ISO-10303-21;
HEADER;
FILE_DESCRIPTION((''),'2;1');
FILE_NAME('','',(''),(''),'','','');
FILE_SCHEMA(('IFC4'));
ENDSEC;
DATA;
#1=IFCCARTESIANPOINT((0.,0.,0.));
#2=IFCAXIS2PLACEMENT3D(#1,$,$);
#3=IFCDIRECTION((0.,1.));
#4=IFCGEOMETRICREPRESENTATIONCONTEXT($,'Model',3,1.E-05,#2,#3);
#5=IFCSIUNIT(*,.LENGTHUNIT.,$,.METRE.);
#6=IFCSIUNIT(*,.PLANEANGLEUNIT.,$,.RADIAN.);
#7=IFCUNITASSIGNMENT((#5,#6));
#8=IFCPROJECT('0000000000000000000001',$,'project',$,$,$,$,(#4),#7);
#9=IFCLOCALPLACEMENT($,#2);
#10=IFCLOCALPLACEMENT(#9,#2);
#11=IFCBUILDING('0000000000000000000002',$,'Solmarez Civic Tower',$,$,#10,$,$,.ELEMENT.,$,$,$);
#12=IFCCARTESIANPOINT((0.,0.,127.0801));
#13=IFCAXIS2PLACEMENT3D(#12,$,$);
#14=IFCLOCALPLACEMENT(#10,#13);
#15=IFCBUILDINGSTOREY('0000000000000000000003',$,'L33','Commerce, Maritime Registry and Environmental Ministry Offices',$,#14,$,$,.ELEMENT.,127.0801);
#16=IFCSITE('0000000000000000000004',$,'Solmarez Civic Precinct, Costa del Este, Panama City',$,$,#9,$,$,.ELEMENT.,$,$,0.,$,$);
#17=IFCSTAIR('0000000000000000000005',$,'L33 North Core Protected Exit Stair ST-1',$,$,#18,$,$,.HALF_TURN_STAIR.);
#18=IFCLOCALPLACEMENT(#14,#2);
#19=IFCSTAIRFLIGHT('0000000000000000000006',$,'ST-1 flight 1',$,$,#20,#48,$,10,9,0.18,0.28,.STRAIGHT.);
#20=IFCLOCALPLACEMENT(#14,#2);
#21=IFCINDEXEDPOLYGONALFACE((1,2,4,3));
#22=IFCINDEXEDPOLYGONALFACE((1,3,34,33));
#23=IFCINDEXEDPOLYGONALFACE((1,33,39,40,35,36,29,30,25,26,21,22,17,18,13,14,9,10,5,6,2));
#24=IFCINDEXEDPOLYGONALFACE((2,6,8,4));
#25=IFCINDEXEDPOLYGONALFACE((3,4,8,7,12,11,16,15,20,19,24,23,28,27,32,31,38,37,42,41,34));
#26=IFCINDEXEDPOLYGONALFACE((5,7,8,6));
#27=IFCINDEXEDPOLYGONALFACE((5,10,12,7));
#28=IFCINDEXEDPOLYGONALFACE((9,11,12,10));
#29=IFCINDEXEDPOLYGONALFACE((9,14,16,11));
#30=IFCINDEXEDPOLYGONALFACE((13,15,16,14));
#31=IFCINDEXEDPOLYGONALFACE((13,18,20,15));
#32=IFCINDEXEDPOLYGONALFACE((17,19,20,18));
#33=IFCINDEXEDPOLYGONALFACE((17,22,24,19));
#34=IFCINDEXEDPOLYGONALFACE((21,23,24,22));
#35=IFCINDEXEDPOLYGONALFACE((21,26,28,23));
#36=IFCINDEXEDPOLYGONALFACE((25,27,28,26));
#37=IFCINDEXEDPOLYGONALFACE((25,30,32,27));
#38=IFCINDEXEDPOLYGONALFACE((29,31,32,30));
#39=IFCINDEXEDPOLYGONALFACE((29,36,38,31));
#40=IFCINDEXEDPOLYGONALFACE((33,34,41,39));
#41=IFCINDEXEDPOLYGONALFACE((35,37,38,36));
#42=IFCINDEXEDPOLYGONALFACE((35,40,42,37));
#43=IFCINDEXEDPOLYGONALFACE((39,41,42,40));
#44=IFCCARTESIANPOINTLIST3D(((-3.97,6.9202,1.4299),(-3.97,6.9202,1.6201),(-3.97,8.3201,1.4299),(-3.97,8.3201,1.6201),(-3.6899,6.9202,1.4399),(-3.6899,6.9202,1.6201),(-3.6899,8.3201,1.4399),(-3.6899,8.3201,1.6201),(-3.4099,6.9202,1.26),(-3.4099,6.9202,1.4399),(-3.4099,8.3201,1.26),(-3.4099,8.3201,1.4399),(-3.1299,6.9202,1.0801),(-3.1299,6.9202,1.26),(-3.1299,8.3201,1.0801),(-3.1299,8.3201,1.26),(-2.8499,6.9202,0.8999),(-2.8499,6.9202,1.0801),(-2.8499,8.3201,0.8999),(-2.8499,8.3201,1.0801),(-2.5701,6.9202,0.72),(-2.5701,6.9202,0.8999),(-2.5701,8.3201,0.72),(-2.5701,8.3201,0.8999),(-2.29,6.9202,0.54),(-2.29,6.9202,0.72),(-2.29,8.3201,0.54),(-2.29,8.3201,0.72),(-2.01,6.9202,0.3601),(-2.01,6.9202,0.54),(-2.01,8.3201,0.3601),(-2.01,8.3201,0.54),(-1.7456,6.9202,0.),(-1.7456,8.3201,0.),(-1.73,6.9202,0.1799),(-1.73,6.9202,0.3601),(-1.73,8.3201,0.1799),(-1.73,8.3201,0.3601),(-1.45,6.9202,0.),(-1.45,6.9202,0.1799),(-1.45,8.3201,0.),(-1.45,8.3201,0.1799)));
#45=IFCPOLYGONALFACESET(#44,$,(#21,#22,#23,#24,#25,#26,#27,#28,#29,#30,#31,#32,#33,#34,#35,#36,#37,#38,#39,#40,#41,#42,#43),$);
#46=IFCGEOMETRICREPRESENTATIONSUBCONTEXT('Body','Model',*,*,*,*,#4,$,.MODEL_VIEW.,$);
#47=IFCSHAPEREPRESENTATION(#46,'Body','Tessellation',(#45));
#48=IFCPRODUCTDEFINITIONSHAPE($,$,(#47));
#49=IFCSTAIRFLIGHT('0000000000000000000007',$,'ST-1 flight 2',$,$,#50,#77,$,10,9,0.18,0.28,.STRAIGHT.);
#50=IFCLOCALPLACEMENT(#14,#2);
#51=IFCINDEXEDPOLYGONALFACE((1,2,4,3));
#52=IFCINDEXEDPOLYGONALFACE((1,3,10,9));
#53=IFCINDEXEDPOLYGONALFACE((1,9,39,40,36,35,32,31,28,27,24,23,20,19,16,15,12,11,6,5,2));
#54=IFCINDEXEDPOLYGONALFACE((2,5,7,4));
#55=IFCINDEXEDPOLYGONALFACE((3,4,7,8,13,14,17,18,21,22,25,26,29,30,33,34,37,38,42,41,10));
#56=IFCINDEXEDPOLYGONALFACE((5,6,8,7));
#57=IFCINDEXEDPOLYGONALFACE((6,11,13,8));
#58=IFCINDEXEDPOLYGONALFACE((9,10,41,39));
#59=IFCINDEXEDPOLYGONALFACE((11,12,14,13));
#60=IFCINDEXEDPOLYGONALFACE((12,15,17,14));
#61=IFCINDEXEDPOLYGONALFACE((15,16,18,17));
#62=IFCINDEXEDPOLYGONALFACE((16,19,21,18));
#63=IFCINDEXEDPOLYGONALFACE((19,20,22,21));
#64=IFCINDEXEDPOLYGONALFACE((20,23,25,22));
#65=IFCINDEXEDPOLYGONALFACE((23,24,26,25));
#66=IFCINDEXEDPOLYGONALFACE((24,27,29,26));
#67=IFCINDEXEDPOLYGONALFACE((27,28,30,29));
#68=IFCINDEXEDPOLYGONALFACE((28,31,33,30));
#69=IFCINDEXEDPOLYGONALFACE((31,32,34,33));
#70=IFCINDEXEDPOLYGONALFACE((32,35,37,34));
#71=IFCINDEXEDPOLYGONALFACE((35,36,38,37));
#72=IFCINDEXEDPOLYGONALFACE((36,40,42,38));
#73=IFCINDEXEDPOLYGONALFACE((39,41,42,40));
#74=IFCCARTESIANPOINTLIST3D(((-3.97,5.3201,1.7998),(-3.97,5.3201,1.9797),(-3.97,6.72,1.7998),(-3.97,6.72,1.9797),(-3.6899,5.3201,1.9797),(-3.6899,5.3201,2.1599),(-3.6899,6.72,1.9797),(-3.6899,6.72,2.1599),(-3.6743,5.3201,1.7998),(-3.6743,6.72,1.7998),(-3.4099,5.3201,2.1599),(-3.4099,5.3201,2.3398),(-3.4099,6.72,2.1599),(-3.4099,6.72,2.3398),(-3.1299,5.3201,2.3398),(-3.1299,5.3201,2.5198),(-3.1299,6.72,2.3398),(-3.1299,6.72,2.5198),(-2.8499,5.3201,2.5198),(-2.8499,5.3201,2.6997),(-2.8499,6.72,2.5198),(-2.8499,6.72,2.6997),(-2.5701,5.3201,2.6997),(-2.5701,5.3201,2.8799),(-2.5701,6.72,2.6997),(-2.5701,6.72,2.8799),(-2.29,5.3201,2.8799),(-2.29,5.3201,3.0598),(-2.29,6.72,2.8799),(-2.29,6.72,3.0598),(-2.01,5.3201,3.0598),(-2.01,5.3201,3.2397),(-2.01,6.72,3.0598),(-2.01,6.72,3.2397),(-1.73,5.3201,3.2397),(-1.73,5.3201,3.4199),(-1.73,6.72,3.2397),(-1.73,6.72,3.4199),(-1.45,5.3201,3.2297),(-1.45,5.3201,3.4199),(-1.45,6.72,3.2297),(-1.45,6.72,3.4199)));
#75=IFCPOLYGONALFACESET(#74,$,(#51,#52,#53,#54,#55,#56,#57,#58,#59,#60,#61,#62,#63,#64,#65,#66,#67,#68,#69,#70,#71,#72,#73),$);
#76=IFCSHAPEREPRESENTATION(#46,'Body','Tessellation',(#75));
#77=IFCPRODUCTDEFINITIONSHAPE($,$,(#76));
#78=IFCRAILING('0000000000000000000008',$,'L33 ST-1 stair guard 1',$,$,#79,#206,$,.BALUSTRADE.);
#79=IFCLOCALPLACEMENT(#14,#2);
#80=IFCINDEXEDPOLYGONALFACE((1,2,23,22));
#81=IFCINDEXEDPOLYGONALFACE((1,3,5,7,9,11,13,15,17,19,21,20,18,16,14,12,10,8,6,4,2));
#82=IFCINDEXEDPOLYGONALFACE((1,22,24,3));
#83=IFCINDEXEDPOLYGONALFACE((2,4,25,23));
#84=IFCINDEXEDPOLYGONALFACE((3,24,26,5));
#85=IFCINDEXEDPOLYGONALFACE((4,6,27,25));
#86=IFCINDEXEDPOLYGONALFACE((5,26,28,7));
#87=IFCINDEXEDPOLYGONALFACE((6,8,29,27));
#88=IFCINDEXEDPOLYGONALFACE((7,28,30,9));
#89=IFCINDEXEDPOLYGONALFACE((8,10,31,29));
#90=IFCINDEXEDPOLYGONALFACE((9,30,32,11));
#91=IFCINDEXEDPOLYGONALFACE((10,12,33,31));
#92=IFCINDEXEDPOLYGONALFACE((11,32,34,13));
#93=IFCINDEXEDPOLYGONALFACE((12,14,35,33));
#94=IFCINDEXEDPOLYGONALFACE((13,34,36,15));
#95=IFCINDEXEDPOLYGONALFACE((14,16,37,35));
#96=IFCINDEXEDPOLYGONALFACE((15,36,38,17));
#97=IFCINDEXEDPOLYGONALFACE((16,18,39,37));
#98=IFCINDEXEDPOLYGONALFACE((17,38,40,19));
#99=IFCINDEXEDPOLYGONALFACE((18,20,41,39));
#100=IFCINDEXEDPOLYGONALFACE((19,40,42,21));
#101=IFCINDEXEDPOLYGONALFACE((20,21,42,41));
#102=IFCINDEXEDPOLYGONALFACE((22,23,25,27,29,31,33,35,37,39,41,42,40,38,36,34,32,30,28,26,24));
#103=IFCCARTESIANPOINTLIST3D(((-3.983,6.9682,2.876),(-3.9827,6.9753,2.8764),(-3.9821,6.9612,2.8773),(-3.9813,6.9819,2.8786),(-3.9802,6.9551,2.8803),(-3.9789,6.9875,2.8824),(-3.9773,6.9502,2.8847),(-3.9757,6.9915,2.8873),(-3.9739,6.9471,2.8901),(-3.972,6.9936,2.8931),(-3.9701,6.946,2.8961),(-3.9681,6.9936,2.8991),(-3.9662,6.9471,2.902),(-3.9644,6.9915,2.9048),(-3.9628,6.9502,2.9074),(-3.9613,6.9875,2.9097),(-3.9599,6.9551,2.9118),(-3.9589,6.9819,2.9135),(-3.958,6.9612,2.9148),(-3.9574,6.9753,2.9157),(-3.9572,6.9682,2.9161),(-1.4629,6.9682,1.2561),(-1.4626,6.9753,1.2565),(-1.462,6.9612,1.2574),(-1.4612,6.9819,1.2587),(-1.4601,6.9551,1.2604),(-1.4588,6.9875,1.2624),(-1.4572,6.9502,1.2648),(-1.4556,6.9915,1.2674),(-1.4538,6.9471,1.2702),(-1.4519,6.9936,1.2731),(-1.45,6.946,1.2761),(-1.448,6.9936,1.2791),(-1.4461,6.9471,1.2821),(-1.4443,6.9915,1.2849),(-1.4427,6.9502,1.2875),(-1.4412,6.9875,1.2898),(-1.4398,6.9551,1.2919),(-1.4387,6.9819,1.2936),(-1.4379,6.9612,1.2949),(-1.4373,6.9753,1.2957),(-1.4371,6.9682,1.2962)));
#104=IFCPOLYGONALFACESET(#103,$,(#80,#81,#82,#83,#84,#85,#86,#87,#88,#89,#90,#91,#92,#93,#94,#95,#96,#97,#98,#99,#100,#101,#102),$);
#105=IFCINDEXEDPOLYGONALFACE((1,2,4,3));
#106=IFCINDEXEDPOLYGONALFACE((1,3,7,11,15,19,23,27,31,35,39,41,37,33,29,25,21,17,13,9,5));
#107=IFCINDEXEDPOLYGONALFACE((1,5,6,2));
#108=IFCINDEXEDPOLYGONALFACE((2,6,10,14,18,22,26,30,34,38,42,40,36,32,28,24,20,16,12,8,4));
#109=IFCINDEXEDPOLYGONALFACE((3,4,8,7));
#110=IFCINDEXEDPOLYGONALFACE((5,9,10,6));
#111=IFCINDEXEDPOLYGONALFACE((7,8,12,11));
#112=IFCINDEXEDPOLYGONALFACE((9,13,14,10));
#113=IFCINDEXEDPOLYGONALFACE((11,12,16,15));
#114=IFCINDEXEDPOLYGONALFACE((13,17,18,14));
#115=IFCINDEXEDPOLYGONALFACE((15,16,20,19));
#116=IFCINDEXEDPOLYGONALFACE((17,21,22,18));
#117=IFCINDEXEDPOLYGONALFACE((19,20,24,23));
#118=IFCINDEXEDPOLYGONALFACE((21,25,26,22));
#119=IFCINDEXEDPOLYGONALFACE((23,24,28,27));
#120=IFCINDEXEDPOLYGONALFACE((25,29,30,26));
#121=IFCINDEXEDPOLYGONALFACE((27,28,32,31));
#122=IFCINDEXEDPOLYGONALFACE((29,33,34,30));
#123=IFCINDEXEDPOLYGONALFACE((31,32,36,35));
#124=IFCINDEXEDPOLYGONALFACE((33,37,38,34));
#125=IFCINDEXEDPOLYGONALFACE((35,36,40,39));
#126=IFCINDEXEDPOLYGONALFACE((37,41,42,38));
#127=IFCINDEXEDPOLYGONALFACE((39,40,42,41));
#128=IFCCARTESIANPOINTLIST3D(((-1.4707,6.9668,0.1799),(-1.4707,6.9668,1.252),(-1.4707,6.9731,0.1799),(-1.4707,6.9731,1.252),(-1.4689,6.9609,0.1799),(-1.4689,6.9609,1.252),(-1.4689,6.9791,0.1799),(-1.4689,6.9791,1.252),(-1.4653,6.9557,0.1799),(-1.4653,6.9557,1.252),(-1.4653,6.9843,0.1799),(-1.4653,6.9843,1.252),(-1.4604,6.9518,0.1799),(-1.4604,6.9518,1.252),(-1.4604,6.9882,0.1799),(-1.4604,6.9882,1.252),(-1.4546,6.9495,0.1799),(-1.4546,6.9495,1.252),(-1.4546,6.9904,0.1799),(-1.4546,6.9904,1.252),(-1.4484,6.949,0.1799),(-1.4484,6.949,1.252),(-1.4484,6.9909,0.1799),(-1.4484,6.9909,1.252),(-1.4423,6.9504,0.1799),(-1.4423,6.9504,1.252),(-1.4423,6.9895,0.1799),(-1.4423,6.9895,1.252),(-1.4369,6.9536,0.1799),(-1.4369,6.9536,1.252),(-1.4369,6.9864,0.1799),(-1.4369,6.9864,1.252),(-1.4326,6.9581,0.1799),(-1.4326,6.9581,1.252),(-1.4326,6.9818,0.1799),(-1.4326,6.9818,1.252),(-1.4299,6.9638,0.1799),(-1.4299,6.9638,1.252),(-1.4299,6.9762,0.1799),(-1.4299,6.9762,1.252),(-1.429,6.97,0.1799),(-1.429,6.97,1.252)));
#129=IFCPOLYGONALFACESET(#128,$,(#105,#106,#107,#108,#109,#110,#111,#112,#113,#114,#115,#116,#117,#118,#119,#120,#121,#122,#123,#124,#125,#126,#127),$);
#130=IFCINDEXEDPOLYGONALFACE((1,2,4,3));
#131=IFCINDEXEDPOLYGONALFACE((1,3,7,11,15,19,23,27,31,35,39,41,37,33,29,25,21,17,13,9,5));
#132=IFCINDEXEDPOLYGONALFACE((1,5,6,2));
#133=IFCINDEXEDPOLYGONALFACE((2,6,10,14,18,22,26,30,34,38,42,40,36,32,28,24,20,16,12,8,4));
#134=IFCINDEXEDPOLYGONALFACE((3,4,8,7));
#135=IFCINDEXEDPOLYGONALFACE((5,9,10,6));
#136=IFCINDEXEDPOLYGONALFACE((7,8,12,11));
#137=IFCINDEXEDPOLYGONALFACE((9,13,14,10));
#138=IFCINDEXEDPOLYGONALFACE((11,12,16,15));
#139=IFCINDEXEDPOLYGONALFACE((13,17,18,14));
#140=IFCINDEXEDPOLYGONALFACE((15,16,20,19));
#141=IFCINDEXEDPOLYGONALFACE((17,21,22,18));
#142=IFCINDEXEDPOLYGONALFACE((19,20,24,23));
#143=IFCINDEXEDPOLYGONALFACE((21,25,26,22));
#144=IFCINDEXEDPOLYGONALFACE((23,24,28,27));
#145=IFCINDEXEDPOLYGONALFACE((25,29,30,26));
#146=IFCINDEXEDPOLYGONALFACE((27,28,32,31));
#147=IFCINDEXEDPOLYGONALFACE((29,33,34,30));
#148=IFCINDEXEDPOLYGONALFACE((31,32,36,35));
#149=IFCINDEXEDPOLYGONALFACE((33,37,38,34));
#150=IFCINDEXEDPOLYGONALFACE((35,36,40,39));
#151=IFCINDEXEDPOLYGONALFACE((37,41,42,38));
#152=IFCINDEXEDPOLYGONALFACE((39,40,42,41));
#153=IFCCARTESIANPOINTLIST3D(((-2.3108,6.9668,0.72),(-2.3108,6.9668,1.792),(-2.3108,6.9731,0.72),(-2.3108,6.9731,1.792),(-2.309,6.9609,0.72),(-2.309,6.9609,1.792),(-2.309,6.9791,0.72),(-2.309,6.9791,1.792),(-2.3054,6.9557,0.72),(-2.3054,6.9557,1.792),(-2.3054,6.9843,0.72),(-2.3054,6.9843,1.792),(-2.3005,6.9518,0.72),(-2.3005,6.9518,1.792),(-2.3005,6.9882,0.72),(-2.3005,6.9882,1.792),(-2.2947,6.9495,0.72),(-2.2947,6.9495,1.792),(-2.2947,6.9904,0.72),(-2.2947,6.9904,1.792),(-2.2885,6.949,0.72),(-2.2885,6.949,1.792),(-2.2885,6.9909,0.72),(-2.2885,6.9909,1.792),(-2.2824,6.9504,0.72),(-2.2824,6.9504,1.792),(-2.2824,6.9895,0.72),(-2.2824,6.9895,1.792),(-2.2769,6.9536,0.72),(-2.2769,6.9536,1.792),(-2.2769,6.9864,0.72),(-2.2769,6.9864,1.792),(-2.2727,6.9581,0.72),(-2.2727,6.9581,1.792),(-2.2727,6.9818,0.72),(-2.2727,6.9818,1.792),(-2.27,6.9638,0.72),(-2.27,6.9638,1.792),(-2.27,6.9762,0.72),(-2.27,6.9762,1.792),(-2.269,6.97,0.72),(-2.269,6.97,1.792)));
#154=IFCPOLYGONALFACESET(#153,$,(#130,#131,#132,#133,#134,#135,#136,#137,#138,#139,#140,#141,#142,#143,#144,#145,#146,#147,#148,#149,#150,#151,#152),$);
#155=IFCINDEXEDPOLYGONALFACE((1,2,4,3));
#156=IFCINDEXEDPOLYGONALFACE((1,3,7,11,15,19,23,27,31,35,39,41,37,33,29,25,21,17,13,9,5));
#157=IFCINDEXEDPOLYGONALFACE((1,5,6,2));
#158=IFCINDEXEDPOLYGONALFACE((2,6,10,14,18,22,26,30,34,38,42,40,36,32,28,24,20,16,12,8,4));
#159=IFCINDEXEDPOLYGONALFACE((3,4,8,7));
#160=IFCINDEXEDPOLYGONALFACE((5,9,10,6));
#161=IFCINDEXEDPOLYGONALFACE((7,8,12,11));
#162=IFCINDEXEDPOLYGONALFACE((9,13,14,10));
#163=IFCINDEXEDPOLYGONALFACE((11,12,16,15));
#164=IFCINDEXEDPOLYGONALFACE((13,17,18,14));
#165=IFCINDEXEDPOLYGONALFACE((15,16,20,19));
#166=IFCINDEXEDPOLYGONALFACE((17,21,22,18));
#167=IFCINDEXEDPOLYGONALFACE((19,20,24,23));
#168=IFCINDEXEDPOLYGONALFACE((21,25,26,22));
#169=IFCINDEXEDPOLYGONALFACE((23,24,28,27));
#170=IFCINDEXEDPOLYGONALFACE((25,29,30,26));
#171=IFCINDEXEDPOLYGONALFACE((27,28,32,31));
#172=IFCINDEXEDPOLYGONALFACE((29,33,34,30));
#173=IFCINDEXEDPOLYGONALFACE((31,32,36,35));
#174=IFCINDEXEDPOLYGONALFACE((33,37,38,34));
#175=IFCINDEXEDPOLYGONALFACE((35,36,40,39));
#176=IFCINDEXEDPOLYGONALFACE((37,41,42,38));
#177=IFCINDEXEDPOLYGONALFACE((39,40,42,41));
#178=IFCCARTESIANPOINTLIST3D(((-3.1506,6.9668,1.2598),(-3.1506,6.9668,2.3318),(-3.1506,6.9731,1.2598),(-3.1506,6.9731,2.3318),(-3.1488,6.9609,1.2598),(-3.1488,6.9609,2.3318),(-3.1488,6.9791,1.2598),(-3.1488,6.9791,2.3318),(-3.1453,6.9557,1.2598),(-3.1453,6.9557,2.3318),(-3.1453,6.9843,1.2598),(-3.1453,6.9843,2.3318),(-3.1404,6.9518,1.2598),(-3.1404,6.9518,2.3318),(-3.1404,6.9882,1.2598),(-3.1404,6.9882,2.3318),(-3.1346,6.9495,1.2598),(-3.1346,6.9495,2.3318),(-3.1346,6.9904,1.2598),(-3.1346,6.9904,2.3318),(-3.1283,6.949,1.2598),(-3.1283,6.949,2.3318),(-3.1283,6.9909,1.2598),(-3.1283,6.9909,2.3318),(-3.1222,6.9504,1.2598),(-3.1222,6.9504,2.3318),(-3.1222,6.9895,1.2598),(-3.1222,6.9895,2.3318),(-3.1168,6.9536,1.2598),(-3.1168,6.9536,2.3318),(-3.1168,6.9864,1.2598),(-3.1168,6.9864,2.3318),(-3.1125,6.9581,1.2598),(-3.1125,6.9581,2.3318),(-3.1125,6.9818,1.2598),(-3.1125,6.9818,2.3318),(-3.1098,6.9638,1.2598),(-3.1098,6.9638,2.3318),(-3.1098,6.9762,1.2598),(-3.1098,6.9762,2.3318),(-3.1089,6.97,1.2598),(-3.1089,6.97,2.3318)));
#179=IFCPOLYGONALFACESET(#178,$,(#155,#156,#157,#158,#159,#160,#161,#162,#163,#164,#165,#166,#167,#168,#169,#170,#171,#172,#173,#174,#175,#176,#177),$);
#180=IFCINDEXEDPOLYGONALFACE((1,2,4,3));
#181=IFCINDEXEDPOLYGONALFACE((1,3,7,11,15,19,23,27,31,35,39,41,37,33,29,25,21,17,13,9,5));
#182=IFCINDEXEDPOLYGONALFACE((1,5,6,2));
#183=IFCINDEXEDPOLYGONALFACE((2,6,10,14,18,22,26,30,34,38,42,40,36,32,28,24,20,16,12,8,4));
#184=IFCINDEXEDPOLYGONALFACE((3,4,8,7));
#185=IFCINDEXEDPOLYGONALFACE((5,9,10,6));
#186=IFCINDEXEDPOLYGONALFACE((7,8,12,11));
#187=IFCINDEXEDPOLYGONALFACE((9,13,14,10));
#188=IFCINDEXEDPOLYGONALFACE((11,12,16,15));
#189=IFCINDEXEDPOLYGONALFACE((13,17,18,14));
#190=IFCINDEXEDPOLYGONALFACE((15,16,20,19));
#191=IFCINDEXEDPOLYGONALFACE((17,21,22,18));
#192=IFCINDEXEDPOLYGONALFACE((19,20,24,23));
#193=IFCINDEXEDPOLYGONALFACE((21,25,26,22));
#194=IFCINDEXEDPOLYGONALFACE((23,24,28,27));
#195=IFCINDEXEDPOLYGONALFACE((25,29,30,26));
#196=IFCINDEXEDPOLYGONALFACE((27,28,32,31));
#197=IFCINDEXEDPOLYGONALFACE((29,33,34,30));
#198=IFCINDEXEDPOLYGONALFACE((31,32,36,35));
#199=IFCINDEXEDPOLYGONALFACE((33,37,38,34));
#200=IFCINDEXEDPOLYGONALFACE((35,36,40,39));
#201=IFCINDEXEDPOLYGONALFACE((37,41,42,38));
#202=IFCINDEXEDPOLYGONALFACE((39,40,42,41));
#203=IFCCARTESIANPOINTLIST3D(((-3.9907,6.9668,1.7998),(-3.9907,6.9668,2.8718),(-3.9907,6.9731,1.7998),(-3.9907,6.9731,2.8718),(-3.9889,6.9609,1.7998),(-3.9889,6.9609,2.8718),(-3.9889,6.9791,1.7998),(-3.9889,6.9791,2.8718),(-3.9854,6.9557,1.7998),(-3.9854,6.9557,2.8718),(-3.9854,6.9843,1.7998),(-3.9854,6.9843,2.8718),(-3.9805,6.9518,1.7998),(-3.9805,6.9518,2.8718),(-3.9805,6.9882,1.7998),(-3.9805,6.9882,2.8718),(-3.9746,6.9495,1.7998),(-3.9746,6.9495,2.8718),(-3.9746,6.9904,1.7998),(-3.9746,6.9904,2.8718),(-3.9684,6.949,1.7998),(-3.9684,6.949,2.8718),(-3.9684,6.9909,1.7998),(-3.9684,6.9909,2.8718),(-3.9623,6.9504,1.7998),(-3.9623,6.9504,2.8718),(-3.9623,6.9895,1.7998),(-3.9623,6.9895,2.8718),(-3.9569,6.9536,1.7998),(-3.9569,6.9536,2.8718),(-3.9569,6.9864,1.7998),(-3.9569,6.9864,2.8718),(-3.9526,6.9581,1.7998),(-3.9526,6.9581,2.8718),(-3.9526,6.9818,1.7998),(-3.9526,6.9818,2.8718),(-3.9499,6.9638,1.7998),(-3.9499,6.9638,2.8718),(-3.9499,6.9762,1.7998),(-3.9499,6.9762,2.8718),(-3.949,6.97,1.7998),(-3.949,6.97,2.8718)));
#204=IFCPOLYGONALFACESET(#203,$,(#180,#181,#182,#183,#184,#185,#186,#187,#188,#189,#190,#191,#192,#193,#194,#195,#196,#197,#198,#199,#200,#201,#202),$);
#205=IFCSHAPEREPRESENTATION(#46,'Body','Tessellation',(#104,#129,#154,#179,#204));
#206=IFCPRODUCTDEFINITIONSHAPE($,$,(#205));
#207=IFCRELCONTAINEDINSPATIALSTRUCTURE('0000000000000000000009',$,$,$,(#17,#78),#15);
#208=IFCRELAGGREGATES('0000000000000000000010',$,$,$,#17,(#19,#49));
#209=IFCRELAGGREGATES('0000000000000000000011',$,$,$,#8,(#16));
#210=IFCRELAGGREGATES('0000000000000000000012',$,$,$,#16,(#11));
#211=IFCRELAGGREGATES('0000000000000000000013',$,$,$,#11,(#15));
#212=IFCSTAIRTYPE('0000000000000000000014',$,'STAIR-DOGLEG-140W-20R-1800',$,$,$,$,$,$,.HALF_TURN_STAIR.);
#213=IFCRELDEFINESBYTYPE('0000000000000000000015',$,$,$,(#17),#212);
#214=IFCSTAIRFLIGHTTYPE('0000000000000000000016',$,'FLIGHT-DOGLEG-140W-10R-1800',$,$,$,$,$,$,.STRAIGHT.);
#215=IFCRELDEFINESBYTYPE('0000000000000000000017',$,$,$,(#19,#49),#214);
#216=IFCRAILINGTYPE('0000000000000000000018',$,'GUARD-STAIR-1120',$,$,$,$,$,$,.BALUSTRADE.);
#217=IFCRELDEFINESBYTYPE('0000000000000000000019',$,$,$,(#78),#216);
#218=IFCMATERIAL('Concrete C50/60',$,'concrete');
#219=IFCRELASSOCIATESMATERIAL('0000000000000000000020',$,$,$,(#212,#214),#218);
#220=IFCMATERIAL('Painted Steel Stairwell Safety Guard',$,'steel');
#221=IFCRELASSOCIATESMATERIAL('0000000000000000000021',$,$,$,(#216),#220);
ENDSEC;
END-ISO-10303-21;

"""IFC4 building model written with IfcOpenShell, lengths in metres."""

from ifc_helpers import new_model, si_unit, direction, frame, origin, origin_2d, place, context, subcontext, project, spatial, polyline, circle, outline, extrude, material, type_object, element, aggregate, save


model = new_model("IFC4")

# Units and contexts
model_context = context("Model", 3, precision=1e-05, world=origin(), true_north=direction((0.0, 1.0)))
body_context = subcontext(model_context, "Body", "Model", "MODEL_VIEW")
ifc_project = project(units=[si_unit("LENGTHUNIT", "METRE"), si_unit("PLANEANGLEUNIT", "RADIAN")], contexts=[model_context])

# Site, building, storey
site_placement = place(None, origin())
site = spatial("IfcSite", under=ifc_project, at=site_placement, Name="Solmarez Civic Precinct, Costa del Este, Panama City", CompositionType="ELEMENT", RefElevation=0.0)
building_placement = place(site_placement, origin())
building = spatial("IfcBuilding", under=site, at=building_placement, Name="Solmarez Civic Tower", CompositionType="ELEMENT")
storey_placement = place(building_placement, frame((0.0, 0.0, 127.0801)))
storey = spatial("IfcBuildingStorey", under=building, at=storey_placement, Name="L33", Description="Commerce, Maritime Registry and Environmental Ministry Offices", CompositionType="ELEMENT", Elevation=127.0801)

# Shared definitions
ifc_material_1 = material(Name="Concrete C50/60", Category="concrete")

# Stair, stair flights
stair_type = type_object("IfcStairType", Name="STAIR-DOGLEG-140W-20R-1800", PredefinedType="HALF_TURN_STAIR", material=ifc_material_1)
stair_placement = place(storey_placement, origin())
stair = element("IfcStair", 1, at=stair_placement, inside=storey, type_object=stair_type, Name="L33 North Core Protected Exit Stair ST-1", PredefinedType="HALF_TURN_STAIR")
stair_flight_type = type_object("IfcStairFlightType", Name="FLIGHT-DOGLEG-140W-10R-1800", PredefinedType="STRAIGHT", material=ifc_material_1)
stair_flight_1_placement = place(storey_placement, frame((-1.45, 7.6201, 0.0), z_axis=(0.0, 0.0, 1.0), x_axis=(-1.0, 0.0, 0.0)))
stair_flight_1 = element("IfcStairFlight", 2, at=stair_flight_1_placement, type_object=stair_flight_type, Name="ST-1 flight 1", NumberOfRisers=10, NumberOfTreads=9, PredefinedType="STRAIGHT", RiserHeight=0.18, TreadLength=0.28, context=body_context, shape_type="SweptSolid", body=[
    extrude(outline(polyline([(0.0, 0.0), (0.0, 0.1799), (0.28, 0.1799), (0.28, 0.3601), (0.5601, 0.3601), (0.5601, 0.54), (0.8401, 0.54), (0.8401, 0.72), (1.1201, 0.72), (1.1201, 0.8999), (1.3999, 0.8999), (1.3999, 1.0801), (1.6799, 1.0801), (1.6799, 1.26), (1.96, 1.26), (1.96, 1.4399), (2.24, 1.4399), (2.24, 1.6201), (2.52, 1.6201), (2.52, 1.8), (2.52, 1.4299), (0.2957, 0.0), (0.0, 0.0)])), frame((0.0, 0.7, 0.0), z_axis=(0.0, -1.0, 0.0), x_axis=(1.0, 0.0, 0.0)), (0.0, 0.0, 1.0), 1.3999),
])
stair_flight_2_placement = place(storey_placement, frame((-3.97, 6.02, 1.7998), z_axis=(0.0, 0.0, 1.0), x_axis=(1.0, 0.0, 0.0)))
stair_flight_2 = element("IfcStairFlight", 3, at=stair_flight_2_placement, type_object=stair_flight_type, Name="ST-1 flight 2", NumberOfRisers=10, NumberOfTreads=9, PredefinedType="STRAIGHT", RiserHeight=0.18, TreadLength=0.28, context=body_context, shape_type="SweptSolid", body=[
    extrude(outline(polyline([(0.0, 0.0), (0.0, 0.1799), (0.28, 0.1799), (0.28, 0.3601), (0.5601, 0.3601), (0.5601, 0.54), (0.8401, 0.54), (0.8401, 0.72), (1.1201, 0.72), (1.1201, 0.8999), (1.3999, 0.8999), (1.3999, 1.0801), (1.6799, 1.0801), (1.6799, 1.26), (1.96, 1.26), (1.96, 1.4399), (2.24, 1.4399), (2.24, 1.6201), (2.52, 1.6201), (2.52, 1.8), (2.52, 1.4299), (0.2957, 0.0), (0.0, 0.0)])), frame((0.0, 0.7, 0.0), z_axis=(0.0, -1.0, 0.0), x_axis=(1.0, 0.0, 0.0)), (0.0, 0.0, 1.0), 1.3999),
])
aggregate(stair, [stair_flight_1, stair_flight_2])

# Railing
ifc_material_2 = material(Name="Painted Steel Stairwell Safety Guard", Category="steel")
railing_type_1 = type_object("IfcRailingType", Name="GUARD-STAIR-1120", PredefinedType="BALUSTRADE", material=ifc_material_2)
railing_1_placement = place(storey_placement, frame((-1.45, 6.97, 0.1799)))
element("IfcRailing", 4, at=railing_1_placement, inside=storey, type_object=railing_type_1, Name="L33 ST-1 stair guard 1", PredefinedType="BALUSTRADE", context=body_context, shape_type="SweptSolid", body=[
    extrude(circle(Radius=0.0239, at=origin_2d()), frame((0.0, 0.0, 1.0962), z_axis=(-0.8412, 0.0, 0.540725), x_axis=(0.0, -1.0, 0.0)), (0.0, 0.0, 1.0), 2.9958),
    extrude(circle(Radius=0.021, at=origin_2d()), origin(), (0.0, 0.0, 1.0), 1.072),
    extrude(circle(Radius=0.021, at=origin_2d()), frame((-0.8401, 0.0, 0.54)), (0.0, 0.0, 1.0), 1.072),
    extrude(circle(Radius=0.021, at=origin_2d()), frame((-1.6799, 0.0, 1.0798)), (0.0, 0.0, 1.0), 1.072),
    extrude(circle(Radius=0.021, at=origin_2d()), frame((-2.52, 0.0, 1.6199)), (0.0, 0.0, 1.0), 1.072),
])

save(model, "model.ifc")
